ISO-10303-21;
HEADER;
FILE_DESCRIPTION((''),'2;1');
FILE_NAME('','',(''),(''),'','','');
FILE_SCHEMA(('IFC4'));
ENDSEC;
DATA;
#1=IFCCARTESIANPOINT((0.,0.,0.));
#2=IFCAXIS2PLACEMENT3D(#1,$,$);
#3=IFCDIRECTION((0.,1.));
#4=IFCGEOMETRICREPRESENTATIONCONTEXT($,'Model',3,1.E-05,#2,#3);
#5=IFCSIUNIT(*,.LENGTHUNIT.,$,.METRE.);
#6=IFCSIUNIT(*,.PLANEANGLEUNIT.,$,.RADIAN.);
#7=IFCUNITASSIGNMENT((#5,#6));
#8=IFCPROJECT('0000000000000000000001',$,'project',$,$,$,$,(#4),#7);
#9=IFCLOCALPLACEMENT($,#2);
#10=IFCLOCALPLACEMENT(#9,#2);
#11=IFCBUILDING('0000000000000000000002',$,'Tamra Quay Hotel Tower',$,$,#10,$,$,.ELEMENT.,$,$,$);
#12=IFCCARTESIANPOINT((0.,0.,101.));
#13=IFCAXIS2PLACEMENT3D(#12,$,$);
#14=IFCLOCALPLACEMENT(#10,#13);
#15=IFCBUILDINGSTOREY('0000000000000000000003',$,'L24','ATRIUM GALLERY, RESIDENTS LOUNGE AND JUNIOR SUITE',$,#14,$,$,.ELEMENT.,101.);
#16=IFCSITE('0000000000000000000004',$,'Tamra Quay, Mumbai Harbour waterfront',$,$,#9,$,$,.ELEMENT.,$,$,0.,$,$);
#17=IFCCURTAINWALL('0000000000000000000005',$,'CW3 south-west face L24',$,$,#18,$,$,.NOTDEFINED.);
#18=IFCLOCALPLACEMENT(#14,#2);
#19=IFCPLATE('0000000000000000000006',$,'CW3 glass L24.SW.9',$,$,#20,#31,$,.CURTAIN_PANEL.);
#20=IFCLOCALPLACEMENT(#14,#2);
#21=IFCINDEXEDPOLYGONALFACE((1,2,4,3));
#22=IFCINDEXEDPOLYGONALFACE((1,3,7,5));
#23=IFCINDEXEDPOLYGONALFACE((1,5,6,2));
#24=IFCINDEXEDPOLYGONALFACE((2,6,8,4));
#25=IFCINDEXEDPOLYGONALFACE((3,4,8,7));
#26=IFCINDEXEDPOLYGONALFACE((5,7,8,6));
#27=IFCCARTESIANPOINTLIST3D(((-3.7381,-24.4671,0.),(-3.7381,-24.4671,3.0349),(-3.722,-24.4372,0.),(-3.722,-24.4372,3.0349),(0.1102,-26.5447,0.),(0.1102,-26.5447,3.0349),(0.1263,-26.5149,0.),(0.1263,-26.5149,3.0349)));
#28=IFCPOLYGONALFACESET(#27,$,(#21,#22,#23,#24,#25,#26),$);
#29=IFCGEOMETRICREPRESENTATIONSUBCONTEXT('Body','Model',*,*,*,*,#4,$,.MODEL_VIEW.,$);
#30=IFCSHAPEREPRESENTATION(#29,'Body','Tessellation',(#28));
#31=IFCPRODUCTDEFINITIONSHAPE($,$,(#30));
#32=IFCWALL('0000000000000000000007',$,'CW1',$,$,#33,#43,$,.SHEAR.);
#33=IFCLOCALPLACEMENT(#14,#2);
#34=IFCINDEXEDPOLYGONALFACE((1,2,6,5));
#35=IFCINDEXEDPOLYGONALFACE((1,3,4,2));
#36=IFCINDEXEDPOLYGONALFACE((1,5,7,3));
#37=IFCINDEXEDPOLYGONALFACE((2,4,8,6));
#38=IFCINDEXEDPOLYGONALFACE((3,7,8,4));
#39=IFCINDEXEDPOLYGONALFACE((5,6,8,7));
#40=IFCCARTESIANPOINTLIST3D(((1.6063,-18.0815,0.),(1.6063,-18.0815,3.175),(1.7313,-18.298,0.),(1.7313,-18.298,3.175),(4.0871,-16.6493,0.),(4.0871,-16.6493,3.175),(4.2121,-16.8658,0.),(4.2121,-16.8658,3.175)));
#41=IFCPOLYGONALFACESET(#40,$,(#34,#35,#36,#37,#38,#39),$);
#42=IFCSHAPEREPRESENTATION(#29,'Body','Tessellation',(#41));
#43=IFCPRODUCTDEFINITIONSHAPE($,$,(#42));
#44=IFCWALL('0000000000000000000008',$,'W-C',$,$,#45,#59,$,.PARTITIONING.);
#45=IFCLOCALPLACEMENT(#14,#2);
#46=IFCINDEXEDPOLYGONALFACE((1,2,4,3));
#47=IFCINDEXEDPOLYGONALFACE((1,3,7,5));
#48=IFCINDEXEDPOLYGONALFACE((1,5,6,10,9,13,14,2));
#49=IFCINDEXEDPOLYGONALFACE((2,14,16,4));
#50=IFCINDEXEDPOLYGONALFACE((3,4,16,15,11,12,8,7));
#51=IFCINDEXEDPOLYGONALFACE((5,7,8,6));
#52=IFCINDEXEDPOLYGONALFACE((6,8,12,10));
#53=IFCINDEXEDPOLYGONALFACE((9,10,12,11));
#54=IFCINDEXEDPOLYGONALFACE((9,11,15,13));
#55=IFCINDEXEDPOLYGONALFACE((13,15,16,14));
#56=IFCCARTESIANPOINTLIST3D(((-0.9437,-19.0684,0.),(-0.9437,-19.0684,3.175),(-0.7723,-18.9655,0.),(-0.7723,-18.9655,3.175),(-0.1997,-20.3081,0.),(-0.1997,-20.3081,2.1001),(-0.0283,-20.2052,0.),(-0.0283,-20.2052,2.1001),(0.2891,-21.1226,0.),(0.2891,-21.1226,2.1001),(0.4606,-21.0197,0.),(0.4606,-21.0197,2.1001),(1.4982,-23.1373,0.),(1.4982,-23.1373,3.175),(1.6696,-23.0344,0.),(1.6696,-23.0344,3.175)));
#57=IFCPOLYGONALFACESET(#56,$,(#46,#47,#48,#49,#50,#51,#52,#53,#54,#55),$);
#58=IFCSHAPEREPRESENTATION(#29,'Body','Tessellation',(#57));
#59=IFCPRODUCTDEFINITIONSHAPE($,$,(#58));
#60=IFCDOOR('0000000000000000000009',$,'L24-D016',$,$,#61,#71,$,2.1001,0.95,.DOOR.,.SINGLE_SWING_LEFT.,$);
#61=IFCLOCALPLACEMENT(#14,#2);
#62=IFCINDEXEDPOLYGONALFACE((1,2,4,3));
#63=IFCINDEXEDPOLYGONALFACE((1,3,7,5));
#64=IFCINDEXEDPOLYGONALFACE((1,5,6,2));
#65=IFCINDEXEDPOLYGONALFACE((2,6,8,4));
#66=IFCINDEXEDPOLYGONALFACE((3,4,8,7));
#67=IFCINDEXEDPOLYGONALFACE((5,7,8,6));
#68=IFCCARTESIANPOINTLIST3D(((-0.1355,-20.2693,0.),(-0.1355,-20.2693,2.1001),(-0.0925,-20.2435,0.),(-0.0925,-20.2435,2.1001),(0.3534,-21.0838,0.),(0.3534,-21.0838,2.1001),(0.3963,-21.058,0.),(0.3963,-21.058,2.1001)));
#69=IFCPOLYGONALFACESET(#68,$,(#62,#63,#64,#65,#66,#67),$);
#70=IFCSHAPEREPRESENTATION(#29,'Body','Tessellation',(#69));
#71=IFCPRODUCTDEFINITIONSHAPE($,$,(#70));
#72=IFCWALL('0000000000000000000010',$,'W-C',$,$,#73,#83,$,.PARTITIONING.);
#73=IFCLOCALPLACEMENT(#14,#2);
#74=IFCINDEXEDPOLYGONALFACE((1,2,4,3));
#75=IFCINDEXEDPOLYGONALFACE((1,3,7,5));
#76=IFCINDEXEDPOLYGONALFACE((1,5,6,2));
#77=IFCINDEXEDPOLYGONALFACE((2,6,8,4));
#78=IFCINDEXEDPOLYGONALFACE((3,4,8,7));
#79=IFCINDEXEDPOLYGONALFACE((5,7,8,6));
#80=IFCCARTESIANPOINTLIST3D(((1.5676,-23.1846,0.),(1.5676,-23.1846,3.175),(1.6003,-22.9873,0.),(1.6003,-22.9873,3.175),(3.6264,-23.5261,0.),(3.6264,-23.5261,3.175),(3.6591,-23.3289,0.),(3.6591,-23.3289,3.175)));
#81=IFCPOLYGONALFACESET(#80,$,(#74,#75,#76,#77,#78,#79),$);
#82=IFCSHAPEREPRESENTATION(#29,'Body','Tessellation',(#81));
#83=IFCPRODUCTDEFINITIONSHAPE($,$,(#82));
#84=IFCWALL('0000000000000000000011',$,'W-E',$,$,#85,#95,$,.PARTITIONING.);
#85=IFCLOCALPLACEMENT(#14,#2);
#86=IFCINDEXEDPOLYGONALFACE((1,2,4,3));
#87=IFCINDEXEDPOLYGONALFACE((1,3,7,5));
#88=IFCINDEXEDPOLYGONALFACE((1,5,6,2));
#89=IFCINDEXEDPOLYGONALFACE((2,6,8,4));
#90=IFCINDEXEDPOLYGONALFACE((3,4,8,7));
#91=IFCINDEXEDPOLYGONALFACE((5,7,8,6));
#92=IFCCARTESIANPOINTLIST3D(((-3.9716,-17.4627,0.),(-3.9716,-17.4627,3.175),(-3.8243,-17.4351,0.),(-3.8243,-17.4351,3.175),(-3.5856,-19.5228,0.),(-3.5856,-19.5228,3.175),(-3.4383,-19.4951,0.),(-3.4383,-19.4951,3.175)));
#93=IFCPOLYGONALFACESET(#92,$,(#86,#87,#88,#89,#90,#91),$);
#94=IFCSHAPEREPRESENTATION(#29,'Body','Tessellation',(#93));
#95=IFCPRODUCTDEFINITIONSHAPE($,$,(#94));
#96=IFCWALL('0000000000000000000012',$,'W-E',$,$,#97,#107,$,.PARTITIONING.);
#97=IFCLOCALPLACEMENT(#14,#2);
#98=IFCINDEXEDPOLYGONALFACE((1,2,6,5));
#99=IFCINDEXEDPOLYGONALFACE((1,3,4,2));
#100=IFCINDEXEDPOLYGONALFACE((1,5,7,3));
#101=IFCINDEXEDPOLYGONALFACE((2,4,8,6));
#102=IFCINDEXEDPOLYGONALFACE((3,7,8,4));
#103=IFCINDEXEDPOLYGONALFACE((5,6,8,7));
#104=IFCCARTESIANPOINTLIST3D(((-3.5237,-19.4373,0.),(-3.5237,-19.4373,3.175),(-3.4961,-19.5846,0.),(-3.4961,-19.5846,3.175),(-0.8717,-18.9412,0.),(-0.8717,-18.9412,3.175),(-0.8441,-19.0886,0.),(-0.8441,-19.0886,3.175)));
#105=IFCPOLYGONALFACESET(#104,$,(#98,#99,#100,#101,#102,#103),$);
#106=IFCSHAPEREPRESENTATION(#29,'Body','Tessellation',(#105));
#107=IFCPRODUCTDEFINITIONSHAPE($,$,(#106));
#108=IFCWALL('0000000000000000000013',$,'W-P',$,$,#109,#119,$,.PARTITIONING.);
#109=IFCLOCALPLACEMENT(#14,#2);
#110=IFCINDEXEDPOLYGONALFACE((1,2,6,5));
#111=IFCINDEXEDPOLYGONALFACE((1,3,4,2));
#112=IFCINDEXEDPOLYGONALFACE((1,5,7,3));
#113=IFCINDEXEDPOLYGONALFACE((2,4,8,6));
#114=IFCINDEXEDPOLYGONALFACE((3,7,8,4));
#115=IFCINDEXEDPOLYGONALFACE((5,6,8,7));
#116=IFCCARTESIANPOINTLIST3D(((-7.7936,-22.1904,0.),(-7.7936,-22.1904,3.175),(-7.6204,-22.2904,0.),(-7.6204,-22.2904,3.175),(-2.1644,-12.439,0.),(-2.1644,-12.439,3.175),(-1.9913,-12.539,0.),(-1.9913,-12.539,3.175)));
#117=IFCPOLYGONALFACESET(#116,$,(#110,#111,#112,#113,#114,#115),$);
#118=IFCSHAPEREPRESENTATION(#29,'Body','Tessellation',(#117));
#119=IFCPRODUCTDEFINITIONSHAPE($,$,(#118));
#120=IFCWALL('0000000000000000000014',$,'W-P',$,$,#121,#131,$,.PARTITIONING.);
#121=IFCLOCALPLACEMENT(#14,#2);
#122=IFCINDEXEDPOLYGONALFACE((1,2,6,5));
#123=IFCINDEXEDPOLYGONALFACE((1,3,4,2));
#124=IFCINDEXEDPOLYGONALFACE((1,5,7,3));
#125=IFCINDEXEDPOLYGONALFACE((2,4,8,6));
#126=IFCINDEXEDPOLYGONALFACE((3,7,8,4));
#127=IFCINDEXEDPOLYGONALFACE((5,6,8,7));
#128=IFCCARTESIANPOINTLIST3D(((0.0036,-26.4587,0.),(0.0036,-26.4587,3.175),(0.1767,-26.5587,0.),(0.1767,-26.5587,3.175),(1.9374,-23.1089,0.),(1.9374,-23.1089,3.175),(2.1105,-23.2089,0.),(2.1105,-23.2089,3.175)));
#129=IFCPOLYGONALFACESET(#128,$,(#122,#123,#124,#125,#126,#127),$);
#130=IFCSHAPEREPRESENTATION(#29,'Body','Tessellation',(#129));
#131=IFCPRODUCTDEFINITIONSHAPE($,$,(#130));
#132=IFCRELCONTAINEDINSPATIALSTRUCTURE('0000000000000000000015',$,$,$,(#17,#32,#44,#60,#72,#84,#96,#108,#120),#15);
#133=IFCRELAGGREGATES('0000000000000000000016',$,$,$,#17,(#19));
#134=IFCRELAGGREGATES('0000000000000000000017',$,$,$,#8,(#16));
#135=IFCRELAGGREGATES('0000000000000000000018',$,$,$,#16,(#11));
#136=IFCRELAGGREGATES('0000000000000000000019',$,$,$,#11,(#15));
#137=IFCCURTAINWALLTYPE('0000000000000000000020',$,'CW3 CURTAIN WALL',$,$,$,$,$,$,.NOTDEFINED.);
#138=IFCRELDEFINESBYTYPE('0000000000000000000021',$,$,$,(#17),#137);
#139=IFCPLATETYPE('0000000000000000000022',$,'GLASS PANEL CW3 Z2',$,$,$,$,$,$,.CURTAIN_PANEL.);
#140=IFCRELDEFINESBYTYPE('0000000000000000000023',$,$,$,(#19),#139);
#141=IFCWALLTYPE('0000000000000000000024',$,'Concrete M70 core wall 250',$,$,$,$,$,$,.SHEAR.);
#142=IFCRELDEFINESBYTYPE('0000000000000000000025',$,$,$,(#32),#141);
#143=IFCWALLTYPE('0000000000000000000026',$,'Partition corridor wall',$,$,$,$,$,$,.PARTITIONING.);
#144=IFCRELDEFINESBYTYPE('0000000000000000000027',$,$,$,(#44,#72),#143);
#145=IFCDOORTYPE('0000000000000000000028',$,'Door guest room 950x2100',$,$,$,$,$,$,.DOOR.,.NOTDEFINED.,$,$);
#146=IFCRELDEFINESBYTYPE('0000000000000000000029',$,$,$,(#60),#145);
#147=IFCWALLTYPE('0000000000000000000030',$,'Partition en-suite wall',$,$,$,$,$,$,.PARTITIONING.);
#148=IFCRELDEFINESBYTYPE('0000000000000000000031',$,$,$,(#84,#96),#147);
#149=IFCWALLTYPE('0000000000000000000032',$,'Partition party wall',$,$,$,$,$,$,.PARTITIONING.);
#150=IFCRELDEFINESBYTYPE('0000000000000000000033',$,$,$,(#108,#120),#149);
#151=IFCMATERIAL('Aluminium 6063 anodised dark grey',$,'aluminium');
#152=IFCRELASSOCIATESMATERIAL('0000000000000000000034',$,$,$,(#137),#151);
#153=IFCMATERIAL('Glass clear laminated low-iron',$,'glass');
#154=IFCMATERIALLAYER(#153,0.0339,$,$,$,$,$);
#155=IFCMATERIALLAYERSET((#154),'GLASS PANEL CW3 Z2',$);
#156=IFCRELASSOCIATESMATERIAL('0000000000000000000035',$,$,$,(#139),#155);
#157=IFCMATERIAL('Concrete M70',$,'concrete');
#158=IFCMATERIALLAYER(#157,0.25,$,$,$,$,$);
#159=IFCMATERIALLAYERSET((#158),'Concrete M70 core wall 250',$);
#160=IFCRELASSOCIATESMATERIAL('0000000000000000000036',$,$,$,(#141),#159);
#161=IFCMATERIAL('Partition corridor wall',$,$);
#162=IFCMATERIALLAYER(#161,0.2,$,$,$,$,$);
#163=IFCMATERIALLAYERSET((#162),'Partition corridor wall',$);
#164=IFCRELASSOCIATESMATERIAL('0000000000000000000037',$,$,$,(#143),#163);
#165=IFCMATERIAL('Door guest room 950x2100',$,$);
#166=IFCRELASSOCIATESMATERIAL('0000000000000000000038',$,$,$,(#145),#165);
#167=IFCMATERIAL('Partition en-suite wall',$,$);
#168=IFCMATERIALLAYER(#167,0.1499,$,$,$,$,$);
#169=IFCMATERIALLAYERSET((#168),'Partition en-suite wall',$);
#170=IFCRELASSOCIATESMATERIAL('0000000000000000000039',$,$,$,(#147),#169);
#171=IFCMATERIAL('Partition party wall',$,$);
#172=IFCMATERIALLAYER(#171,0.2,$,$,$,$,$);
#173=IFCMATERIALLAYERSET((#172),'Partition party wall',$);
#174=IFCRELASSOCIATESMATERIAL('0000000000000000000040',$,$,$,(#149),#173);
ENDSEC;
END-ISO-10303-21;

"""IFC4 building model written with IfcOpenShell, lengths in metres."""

from ifc_helpers import new_model, si_unit, direction, frame, frame_2d, origin, origin_2d, place, context, subcontext, project, spatial, rectangle, extrude, material, layer, layer_set, type_object, element, fill, aggregate, save


model = new_model("IFC4")

# Units and contexts
model_context = context("Model", 3, precision=1e-05, world=origin(), true_north=direction((0.0, 1.0)))
body_context = subcontext(model_context, "Body", "Model", "MODEL_VIEW")
ifc_project = project(units=[si_unit("LENGTHUNIT", "METRE"), si_unit("PLANEANGLEUNIT", "RADIAN")], contexts=[model_context])

# Site, building, storey
site_placement = place(None, origin())
site = spatial("IfcSite", under=ifc_project, at=site_placement, Name="Tamra Quay, Mumbai Harbour waterfront", CompositionType="ELEMENT", RefElevation=0.0)
building_placement = place(site_placement, origin())
building = spatial("IfcBuilding", under=site, at=building_placement, Name="Tamra Quay Hotel Tower", CompositionType="ELEMENT")
storey_placement = place(building_placement, frame((0.0, 0.0, 101.0)))
storey = spatial("IfcBuildingStorey", under=building, at=storey_placement, Name="L24", Description="ATRIUM GALLERY, RESIDENTS LOUNGE AND JUNIOR SUITE", CompositionType="ELEMENT", Elevation=101.0)

# Shared definitions
ifc_material_1 = material(Name="Concrete M70", Category="concrete")

# Curtain wall
ifc_material_2 = material(Name="Aluminium 6063 anodised dark grey", Category="aluminium")
curtain_wall_type = type_object("IfcCurtainWallType", Name="CW3 CURTAIN WALL", PredefinedType="NOTDEFINED", material=ifc_material_2)
curtain_wall_placement = place(storey_placement, origin())
curtain_wall = element("IfcCurtainWall", 1, at=curtain_wall_placement, inside=storey, type_object=curtain_wall_type, Name="CW3 south-west face L24", PredefinedType="NOTDEFINED")

# Plate
ifc_material_3 = material(Name="Glass clear laminated low-iron", Category="glass")
ifc_layer_1 = layer(ifc_material_3, 0.0339)
ifc_layer_set_1 = layer_set([ifc_layer_1], Name="GLASS PANEL CW3 Z2")
plate_type = type_object("IfcPlateType", Name="GLASS PANEL CW3 Z2", PredefinedType="CURTAIN_PANEL", material=ifc_layer_set_1)
plate_1_placement = place(storey_placement, frame((-1.8059, -25.491, 0.0), z_axis=(0.0, 0.0, 1.0), x_axis=(0.879946, -0.475074, 0.0)))
plate_1 = element("IfcPlate", 2, at=plate_1_placement, type_object=plate_type, Name="CW3 glass L24.SW.9", PredefinedType="CURTAIN_PANEL", context=body_context, shape_type="SweptSolid", body=[
    extrude(rectangle(XDim=4.3733, YDim=0.0339, at=origin_2d()), origin(), (0.0, 0.0, 1.0), 3.0349),
])
aggregate(curtain_wall, [plate_1])

# Wall
ifc_layer_2 = layer(ifc_material_1, 0.25)
ifc_layer_set_2 = layer_set([ifc_layer_2], Name="Concrete M70 core wall 250")
wall_type_1 = type_object("IfcWallType", Name="Concrete M70 core wall 250", PredefinedType="SHEAR", material=ifc_layer_set_2)
wall_1_placement = place(storey_placement, frame((1.6689, -18.1897, 0.0), z_axis=(0.0, 0.0, 1.0), x_axis=(0.866042, 0.499971, 0.0)))
element("IfcWall", 3, at=wall_1_placement, inside=storey, type_object=wall_type_1, Name="CW1", PredefinedType="SHEAR", context=body_context, shape_type="SweptSolid", body=[
    extrude(rectangle(XDim=2.8645, YDim=0.25, at=frame_2d((1.4321, 0.0))), origin(), (0.0, 0.0, 1.0), 3.175),
])

# Wall, opening, door
ifc_material_4 = material(Name="Partition corridor wall")
ifc_layer_3 = layer(ifc_material_4, 0.2)
ifc_layer_set_3 = layer_set([ifc_layer_3], Name="Partition corridor wall")
wall_type_2 = type_object("IfcWallType", Name="Partition corridor wall", PredefinedType="PARTITIONING", material=ifc_layer_set_3)
wall_2_placement = place(storey_placement, frame((-0.8579, -19.0171, 0.0), z_axis=(0.0, 0.0, 1.0), x_axis=(0.514587, -0.857438, 0.0)))
wall_2 = element("IfcWall", 4, at=wall_2_placement, inside=storey, type_object=wall_type_2, Name="W-C", PredefinedType="PARTITIONING", context=body_context, shape_type="SweptSolid", body=[
    extrude(rectangle(XDim=4.7454, YDim=0.2, at=frame_2d((2.3726, 0.0))), origin(), (0.0, 0.0, 1.0), 3.175),
])
opening_placement = place(wall_2_placement, frame((1.4456, 0.0, 0.0)))
opening = element("IfcOpeningElement", 5, at=opening_placement, cuts=wall_2, PredefinedType="OPENING", context=body_context, shape_type="SweptSolid", body=[
    extrude(rectangle(XDim=0.95, YDim=2.1001, at=frame_2d((0.4751, 1.05))), frame((0.0, 0.1099, 0.0), z_axis=(0.0, -1.0, 0.0), x_axis=(1.0, 0.0, 0.0)), (0.0, 0.0, 1.0), 0.22),
])
ifc_material_5 = material(Name="Door guest room 950x2100")
door_type = type_object("IfcDoorType", Name="Door guest room 950x2100", OperationType="NOTDEFINED", PredefinedType="DOOR", material=ifc_material_5)
door_placement = place(opening_placement, frame((0.95, 0.0, 0.0), z_axis=(0.0, 0.0, 1.0), x_axis=(-1.0, 0.0, 0.0)))
door = element("IfcDoor", 6, at=door_placement, inside=storey, type_object=door_type, Name="L24-D016", OperationType="SINGLE_SWING_LEFT", OverallHeight=2.1001, OverallWidth=0.95, PredefinedType="DOOR", context=body_context, shape_type="SweptSolid", body=[
    extrude(rectangle(XDim=0.95, YDim=2.1001, at=frame_2d((0.4751, 1.05))), frame((0.0, 0.0249, 0.0), z_axis=(0.0, -1.0, 0.0), x_axis=(1.0, 0.0, 0.0)), (0.0, 0.0, 1.0), 0.05),
])
fill(opening, door)

# Walls
wall_3_placement = place(storey_placement, frame((1.584, -23.0859, 0.0), z_axis=(0.0, 0.0, 1.0), x_axis=(0.986517, -0.163659, 0.0)))
element("IfcWall", 7, at=wall_3_placement, inside=storey, type_object=wall_type_2, Name="W-C", PredefinedType="PARTITIONING", context=body_context, shape_type="SweptSolid", body=[
    extrude(rectangle(XDim=2.0869, YDim=0.2, at=frame_2d((1.0435, 0.0))), origin(), (0.0, 0.0, 1.0), 3.175),
])
ifc_material_6 = material(Name="Partition en-suite wall")
ifc_layer_4 = layer(ifc_material_6, 0.1499)
ifc_layer_set_4 = layer_set([ifc_layer_4], Name="Partition en-suite wall")
wall_type_3 = type_object("IfcWallType", Name="Partition en-suite wall", PredefinedType="PARTITIONING", material=ifc_layer_set_4)
wall_4_placement = place(storey_placement, frame((-3.8979, -17.449, 0.0), z_axis=(0.0, 0.0, 1.0), x_axis=(0.184162, -0.982896, 0.0)))
element("IfcWall", 8, at=wall_4_placement, inside=storey, type_object=wall_type_3, Name="W-E", PredefinedType="PARTITIONING", context=body_context, shape_type="SweptSolid", body=[
    extrude(rectangle(XDim=2.0959, YDim=0.1499, at=frame_2d((1.0479, 0.0))), origin(), (0.0, 0.0, 1.0), 3.175),
])
wall_5_placement = place(storey_placement, frame((-3.51, -19.511, 0.0), z_axis=(0.0, 0.0, 1.0), x_axis=(0.982951, 0.183868, 0.0)))
element("IfcWall", 9, at=wall_5_placement, inside=storey, type_object=wall_type_3, Name="W-E", PredefinedType="PARTITIONING", context=body_context, shape_type="SweptSolid", body=[
    extrude(rectangle(XDim=2.698, YDim=0.1499, at=frame_2d((1.3491, 0.0))), origin(), (0.0, 0.0, 1.0), 3.175),
])
ifc_material_7 = material(Name="Partition party wall")
ifc_layer_5 = layer(ifc_material_7, 0.2)
ifc_layer_set_5 = layer_set([ifc_layer_5], Name="Partition party wall")
wall_type_4 = type_object("IfcWallType", Name="Partition party wall", PredefinedType="PARTITIONING", material=ifc_layer_set_5)
wall_6_placement = place(storey_placement, frame((-7.707, -22.2405, 0.0), z_axis=(0.0, 0.0, 1.0), x_axis=(0.499943, 0.866058, 0.0)))
element("IfcWall", 10, at=wall_6_placement, inside=storey, type_object=wall_type_4, Name="W-P", PredefinedType="PARTITIONING", context=body_context, shape_type="SweptSolid", body=[
    extrude(rectangle(XDim=11.2595, YDim=0.2, at=frame_2d((5.6299, 0.0))), origin(), (0.0, 0.0, 1.0), 3.175),
])
wall_7_placement = place(storey_placement, frame((0.0901, -26.5088, 0.0), z_axis=(0.0, 0.0, 1.0), x_axis=(0.499961, 0.866048, 0.0)))
element("IfcWall", 11, at=wall_7_placement, inside=storey, type_object=wall_type_4, Name="W-P", PredefinedType="PARTITIONING", context=body_context, shape_type="SweptSolid", body=[
    extrude(rectangle(XDim=3.8679, YDim=0.2, at=frame_2d((1.9341, 0.0))), origin(), (0.0, 0.0, 1.0), 3.175),
])

save(model, "model.ifc")
